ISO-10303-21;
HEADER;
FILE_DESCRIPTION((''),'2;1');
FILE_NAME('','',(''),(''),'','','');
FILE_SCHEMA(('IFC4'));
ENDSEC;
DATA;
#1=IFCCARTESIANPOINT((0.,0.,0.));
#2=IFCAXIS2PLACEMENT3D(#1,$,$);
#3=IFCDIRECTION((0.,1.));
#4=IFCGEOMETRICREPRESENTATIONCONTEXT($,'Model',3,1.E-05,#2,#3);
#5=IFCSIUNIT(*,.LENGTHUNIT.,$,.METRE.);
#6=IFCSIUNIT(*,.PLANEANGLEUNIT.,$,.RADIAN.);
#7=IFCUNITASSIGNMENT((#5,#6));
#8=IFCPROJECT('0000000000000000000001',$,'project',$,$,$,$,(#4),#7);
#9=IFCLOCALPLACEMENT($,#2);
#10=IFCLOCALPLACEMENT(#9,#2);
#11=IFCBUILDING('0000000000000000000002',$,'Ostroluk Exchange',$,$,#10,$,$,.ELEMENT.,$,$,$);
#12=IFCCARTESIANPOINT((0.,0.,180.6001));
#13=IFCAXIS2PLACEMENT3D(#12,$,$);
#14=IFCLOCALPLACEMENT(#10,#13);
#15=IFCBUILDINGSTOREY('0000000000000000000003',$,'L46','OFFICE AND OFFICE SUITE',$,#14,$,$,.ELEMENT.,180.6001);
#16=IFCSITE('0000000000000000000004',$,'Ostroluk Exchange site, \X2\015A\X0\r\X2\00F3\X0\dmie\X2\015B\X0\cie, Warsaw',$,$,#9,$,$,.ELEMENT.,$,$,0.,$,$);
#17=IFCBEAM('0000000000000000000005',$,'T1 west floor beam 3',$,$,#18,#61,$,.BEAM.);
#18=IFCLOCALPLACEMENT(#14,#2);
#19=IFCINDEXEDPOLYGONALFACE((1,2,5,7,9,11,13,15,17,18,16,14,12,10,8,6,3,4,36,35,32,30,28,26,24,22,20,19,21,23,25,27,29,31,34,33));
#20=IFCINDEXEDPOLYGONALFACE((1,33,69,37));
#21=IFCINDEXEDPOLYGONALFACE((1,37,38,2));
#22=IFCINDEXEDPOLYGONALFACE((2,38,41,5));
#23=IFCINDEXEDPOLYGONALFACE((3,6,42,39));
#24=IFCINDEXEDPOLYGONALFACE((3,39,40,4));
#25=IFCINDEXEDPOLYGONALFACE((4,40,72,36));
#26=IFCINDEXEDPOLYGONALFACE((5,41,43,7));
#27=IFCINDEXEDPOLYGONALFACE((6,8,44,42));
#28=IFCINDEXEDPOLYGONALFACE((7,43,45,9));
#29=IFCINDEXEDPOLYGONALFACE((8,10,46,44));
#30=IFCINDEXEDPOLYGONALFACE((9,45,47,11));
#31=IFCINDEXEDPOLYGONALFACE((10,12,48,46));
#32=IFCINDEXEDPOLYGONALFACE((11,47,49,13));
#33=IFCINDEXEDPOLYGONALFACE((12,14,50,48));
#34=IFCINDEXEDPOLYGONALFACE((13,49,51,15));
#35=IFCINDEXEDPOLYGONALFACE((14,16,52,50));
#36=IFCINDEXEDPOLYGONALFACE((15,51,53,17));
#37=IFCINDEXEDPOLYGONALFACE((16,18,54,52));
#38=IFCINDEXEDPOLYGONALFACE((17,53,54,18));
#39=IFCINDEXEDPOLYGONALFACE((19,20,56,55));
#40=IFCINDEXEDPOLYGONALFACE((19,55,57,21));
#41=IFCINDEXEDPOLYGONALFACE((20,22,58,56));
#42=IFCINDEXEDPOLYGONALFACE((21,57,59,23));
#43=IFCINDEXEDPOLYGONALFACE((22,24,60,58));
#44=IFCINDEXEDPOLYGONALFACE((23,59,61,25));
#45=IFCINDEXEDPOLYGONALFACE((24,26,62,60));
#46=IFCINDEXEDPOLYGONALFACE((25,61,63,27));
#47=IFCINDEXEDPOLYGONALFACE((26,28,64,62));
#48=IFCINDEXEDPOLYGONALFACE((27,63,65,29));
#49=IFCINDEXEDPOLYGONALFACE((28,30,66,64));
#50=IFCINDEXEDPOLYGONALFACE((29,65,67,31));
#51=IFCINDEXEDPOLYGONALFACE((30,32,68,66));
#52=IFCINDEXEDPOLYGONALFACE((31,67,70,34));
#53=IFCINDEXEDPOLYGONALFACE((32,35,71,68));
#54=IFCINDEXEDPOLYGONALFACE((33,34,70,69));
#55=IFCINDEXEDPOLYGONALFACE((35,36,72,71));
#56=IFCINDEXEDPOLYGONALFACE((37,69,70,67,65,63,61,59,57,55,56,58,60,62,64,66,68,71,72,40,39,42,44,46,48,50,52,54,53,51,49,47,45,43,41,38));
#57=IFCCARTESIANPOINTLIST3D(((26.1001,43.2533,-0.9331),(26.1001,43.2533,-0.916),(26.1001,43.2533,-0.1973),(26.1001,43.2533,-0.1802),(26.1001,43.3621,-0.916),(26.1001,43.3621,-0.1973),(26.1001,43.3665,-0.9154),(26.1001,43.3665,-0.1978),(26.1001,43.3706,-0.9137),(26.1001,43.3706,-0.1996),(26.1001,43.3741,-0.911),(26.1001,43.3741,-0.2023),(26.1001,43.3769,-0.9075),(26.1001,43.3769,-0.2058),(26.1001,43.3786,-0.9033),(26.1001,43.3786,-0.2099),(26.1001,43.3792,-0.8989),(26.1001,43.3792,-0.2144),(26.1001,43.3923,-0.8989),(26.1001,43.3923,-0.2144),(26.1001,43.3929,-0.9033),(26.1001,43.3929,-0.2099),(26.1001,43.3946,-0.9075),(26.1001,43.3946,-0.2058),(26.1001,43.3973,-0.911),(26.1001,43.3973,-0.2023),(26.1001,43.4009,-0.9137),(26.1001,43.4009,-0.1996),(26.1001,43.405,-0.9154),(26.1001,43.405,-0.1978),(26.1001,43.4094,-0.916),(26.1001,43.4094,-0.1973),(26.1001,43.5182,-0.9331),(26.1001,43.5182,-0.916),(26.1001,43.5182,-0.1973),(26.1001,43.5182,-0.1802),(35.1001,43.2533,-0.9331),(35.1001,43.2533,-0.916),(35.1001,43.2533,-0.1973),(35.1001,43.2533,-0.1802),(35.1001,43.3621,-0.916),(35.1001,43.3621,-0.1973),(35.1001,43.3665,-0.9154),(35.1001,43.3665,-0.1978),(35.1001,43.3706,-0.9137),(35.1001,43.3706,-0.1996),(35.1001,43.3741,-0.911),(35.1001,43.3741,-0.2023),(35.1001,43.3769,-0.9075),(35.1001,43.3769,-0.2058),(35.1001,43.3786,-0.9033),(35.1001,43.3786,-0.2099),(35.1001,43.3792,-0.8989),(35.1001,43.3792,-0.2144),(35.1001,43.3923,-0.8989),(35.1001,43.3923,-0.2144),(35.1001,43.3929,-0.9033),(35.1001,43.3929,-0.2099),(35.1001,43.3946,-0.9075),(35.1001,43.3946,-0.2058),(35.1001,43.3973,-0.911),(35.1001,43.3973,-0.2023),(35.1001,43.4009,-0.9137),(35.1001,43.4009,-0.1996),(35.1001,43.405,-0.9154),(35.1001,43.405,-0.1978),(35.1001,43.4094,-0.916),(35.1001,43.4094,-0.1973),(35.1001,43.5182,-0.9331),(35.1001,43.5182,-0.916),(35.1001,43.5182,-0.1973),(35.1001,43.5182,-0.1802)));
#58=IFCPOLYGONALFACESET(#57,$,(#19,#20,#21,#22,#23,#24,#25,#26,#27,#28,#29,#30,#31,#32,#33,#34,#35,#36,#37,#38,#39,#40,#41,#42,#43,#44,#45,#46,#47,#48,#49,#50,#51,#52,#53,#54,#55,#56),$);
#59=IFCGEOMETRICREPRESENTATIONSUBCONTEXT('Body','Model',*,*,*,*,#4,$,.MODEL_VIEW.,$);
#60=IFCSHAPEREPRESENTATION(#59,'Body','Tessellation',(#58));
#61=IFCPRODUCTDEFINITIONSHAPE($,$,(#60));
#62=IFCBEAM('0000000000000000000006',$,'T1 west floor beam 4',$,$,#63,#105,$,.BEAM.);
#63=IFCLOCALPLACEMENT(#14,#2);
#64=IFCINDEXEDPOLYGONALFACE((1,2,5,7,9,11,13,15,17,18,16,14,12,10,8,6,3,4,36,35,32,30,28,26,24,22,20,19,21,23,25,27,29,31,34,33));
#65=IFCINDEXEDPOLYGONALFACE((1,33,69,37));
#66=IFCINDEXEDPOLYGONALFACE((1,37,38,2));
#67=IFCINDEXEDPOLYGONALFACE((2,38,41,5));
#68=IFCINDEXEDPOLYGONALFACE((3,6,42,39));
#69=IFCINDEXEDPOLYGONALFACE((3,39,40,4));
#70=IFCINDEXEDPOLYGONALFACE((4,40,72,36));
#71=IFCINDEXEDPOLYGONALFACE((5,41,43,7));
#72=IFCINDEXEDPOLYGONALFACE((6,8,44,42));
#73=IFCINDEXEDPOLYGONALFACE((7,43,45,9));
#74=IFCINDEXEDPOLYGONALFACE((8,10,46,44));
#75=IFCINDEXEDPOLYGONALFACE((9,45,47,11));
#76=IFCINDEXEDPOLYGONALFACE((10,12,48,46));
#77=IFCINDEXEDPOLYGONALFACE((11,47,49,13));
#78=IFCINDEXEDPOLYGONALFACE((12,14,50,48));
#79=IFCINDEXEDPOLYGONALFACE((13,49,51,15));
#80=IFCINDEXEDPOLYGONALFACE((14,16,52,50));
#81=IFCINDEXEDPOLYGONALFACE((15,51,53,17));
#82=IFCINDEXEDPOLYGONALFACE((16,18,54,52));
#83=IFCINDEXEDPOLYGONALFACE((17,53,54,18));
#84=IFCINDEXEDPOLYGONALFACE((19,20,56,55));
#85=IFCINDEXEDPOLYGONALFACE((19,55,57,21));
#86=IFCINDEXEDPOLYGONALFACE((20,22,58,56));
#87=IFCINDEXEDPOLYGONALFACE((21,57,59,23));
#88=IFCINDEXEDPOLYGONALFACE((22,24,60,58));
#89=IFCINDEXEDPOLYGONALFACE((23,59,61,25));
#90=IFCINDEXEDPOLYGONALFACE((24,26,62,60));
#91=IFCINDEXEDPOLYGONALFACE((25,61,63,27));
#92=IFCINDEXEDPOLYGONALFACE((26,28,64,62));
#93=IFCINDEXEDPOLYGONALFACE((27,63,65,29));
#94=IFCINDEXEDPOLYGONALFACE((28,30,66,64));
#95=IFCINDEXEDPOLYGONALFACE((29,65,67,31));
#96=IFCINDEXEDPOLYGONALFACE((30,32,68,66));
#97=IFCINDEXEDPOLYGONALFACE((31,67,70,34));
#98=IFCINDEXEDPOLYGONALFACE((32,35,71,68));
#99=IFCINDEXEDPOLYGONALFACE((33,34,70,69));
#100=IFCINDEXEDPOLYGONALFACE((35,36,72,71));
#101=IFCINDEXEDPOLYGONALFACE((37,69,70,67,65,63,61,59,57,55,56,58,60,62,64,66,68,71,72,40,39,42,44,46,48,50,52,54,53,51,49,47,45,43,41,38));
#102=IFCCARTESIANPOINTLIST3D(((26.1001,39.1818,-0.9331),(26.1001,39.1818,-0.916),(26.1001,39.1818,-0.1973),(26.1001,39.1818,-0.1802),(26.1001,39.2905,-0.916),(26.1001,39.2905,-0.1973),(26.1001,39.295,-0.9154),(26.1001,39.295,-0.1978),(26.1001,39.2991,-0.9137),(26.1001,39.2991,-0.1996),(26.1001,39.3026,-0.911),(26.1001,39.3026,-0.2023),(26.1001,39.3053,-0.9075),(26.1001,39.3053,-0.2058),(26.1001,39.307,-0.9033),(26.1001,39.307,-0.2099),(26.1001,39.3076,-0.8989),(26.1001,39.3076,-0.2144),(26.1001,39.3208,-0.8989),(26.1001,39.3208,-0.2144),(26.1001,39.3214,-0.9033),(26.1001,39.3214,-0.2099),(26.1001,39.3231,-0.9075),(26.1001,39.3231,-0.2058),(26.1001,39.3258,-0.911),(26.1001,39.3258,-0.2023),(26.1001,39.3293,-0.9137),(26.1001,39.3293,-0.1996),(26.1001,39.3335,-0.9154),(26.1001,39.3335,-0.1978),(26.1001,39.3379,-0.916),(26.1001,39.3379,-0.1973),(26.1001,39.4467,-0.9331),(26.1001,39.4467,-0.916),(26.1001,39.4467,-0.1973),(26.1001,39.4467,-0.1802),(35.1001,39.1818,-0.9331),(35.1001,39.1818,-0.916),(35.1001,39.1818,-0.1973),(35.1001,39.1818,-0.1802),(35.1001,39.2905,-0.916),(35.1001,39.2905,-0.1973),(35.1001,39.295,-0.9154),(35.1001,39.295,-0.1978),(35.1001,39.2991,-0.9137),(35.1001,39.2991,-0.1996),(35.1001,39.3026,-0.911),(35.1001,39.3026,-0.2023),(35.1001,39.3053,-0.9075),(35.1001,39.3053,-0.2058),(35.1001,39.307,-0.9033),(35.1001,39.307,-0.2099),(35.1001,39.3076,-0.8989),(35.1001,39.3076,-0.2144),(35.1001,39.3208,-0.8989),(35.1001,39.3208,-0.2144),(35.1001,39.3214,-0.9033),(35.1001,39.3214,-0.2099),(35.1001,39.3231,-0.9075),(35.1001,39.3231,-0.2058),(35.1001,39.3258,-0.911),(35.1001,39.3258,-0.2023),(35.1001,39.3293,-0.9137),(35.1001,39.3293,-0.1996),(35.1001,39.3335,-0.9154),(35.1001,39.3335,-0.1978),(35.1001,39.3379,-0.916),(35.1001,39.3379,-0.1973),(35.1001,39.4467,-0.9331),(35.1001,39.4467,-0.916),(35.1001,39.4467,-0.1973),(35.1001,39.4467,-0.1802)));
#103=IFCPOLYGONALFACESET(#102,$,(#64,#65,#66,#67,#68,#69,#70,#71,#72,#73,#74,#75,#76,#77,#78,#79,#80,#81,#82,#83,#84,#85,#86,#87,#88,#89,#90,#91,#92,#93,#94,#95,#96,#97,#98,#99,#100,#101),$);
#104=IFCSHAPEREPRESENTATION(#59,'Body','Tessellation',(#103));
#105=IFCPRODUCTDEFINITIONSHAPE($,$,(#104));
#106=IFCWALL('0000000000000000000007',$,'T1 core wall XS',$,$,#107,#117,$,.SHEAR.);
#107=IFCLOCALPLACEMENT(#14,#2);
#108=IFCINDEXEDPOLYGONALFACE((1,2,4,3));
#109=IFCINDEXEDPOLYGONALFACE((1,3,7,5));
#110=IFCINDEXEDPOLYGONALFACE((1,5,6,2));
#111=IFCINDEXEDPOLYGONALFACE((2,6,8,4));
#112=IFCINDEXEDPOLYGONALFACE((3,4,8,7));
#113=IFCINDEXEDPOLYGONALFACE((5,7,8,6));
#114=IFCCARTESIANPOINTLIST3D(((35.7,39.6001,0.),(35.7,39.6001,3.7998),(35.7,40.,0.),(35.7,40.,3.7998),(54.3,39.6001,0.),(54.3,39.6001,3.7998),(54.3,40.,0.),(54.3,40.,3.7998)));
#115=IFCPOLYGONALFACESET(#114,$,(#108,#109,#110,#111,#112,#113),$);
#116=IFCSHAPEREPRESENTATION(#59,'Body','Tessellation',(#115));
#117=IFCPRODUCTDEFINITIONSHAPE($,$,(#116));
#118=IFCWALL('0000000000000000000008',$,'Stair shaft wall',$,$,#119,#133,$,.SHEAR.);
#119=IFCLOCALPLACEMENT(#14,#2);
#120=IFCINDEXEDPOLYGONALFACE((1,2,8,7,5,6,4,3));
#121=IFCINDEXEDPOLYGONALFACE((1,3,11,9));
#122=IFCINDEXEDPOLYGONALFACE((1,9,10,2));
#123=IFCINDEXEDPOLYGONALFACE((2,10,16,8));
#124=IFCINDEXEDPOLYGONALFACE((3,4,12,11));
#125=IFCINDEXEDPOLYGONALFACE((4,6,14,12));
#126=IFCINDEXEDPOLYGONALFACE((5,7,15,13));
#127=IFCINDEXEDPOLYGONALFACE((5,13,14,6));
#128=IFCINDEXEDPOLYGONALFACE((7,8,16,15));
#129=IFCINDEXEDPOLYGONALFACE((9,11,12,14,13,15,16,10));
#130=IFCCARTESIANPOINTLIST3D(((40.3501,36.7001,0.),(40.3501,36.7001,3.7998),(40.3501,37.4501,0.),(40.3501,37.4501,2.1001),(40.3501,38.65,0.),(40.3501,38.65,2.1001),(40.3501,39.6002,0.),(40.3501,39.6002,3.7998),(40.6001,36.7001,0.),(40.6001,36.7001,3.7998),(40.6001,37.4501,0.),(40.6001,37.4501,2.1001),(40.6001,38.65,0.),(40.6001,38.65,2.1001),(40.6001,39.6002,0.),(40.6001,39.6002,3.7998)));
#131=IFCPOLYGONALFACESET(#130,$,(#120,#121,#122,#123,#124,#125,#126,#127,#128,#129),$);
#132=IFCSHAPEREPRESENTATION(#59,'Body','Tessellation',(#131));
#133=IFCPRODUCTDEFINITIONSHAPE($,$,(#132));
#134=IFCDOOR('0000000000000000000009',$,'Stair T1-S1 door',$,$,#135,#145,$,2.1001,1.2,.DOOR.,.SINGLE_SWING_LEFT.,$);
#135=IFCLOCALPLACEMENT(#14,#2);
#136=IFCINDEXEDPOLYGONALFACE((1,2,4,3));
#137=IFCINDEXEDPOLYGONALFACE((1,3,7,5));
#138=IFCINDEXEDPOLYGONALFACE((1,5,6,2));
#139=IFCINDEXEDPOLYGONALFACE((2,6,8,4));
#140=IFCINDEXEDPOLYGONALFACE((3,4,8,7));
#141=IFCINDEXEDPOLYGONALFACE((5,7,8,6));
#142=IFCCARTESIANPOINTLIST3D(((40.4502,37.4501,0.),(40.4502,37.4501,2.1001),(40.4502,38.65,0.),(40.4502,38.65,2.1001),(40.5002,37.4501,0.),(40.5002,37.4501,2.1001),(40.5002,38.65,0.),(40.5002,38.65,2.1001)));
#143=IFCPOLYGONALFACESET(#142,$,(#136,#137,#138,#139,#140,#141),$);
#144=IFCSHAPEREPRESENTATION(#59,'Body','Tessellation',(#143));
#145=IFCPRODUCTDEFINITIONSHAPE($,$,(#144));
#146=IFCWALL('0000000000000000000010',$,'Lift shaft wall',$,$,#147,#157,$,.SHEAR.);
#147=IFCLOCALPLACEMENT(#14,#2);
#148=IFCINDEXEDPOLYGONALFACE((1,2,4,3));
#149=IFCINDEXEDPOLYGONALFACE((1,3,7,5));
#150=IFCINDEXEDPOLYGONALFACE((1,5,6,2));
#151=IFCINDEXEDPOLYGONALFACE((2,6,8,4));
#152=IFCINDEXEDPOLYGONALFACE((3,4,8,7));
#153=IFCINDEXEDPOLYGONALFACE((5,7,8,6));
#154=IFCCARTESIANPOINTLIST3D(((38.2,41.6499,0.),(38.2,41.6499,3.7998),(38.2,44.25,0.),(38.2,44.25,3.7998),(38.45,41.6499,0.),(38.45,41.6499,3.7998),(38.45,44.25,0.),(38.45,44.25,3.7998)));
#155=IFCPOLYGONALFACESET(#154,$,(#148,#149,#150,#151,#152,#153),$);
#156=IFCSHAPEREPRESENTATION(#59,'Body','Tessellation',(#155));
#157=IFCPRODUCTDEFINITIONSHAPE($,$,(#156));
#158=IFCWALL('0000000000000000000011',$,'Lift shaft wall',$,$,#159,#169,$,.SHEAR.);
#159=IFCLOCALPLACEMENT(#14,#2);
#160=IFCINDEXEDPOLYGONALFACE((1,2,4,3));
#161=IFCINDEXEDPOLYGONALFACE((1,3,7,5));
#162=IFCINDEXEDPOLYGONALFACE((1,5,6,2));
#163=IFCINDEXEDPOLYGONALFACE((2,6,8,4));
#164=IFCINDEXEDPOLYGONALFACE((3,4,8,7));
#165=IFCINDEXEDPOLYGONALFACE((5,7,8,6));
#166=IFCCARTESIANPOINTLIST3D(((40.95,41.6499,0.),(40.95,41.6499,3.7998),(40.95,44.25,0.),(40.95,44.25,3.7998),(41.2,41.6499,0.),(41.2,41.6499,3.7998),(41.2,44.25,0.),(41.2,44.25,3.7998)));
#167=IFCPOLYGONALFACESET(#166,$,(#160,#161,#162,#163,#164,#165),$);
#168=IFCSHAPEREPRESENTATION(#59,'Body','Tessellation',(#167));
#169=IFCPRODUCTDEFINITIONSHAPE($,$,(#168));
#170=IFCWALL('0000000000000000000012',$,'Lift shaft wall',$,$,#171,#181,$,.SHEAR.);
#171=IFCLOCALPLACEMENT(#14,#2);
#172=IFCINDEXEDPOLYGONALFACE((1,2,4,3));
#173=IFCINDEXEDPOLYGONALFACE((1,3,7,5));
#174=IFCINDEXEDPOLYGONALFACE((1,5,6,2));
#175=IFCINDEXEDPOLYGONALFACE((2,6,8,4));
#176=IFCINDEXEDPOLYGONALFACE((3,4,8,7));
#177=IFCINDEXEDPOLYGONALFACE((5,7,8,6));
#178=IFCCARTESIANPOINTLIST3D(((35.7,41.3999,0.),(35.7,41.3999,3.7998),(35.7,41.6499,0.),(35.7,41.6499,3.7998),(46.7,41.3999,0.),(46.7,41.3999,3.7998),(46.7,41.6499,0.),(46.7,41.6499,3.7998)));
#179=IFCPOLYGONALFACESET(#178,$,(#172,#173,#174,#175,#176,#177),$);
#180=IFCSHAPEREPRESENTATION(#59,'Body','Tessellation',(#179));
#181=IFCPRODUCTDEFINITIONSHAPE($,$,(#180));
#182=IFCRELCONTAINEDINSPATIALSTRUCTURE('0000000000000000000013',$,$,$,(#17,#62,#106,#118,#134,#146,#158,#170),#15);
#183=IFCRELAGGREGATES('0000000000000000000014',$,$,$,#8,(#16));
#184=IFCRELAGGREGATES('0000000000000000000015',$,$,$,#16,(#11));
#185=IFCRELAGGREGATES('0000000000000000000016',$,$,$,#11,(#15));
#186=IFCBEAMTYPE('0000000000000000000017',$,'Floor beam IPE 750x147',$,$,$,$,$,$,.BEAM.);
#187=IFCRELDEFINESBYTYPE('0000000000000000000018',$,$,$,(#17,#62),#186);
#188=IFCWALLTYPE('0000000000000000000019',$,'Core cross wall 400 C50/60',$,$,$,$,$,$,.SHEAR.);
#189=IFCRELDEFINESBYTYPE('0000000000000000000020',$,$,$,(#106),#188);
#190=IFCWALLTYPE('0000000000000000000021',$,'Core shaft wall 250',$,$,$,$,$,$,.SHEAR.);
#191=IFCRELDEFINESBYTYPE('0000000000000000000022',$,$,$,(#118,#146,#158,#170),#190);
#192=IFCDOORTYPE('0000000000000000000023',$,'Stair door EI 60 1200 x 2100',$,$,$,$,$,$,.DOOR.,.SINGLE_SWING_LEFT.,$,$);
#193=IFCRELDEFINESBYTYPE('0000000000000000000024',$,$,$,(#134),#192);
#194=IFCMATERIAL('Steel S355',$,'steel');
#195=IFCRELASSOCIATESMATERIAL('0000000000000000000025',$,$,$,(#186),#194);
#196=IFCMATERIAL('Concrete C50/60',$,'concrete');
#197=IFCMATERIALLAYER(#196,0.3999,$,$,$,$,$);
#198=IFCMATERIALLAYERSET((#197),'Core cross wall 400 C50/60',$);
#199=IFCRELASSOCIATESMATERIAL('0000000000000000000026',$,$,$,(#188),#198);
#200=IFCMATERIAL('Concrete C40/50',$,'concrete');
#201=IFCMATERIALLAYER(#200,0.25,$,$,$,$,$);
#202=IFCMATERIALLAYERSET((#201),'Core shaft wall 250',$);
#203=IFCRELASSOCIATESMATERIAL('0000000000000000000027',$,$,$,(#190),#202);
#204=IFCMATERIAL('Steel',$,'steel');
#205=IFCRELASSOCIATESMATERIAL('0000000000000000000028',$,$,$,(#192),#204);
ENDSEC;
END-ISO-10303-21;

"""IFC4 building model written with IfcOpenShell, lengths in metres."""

from ifc_helpers import new_model, si_unit, direction, frame, frame_2d, origin, origin_2d, place, context, subcontext, project, spatial, rectangle, i_section, extrude, material, layer, layer_set, material_profile, profile_set, type_object, element, fill, save


model = new_model("IFC4")

# Units and contexts
model_context = context("Model", 3, precision=1e-05, world=origin(), true_north=direction((0.0, 1.0)))
body_context = subcontext(model_context, "Body", "Model", "MODEL_VIEW")
ifc_project = project(units=[si_unit("LENGTHUNIT", "METRE"), si_unit("PLANEANGLEUNIT", "RADIAN")], contexts=[model_context])

# Site, building, storey
site_placement = place(None, origin())
site = spatial("IfcSite", under=ifc_project, at=site_placement, Name="Ostroluk Exchange site, Śródmieście, Warsaw", CompositionType="ELEMENT", RefElevation=0.0)
building_placement = place(site_placement, origin())
building = spatial("IfcBuilding", under=site, at=building_placement, Name="Ostroluk Exchange", CompositionType="ELEMENT")
storey_placement = place(building_placement, frame((0.0, 0.0, 180.6001)))
storey = spatial("IfcBuildingStorey", under=building, at=storey_placement, Name="L46", Description="OFFICE AND OFFICE SUITE", CompositionType="ELEMENT", Elevation=180.6001)

# Beams
ifc_material_1 = material(Name="Steel S355", Category="steel")
ifc_material_profile = material_profile(ifc_material_1, i_section(OverallWidth=0.2649, OverallDepth=0.7529, WebThickness=0.0132, FlangeThickness=0.0171, FilletRadius=0.0171, at=origin_2d()), Name="IPE 750x147")
ifc_profile_set = profile_set([ifc_material_profile], Name="Steel S355")
beam_type = type_object("IfcBeamType", Name="Floor beam IPE 750x147", PredefinedType="BEAM", material=ifc_profile_set)
for number, where, z_axis, x_axis, name in (
    (1, (35.1001, 43.3857, -0.5566), (-1.0, 0.0, 0.0), (0.0, -1.0, 0.0), "T1 west floor beam 3"),
    (2, (35.1001, 39.3142, -0.5566), (-1.0, 0.0, 0.0), (0.0, -1.0, 0.0), "T1 west floor beam 4"),
):
    element("IfcBeam", number, at=place(storey_placement, frame(where, z_axis=z_axis, x_axis=x_axis)), inside=storey, type_object=beam_type, Name=name, PredefinedType="BEAM", context=body_context, shape_type="SweptSolid", body=[
        extrude(i_section(OverallWidth=0.2649, OverallDepth=0.7529, WebThickness=0.0132, FlangeThickness=0.0171, FilletRadius=0.0171, at=origin_2d()), origin(), (0.0, 0.0, 1.0), 9.0),
    ])

# Wall
ifc_material_2 = material(Name="Concrete C50/60", Category="concrete")
ifc_layer_1 = layer(ifc_material_2, 0.3999)
ifc_layer_set_1 = layer_set([ifc_layer_1], Name="Core cross wall 400 C50/60")
wall_type_1 = type_object("IfcWallType", Name="Core cross wall 400 C50/60", PredefinedType="SHEAR", material=ifc_layer_set_1)
wall_1_placement = place(storey_placement, frame((35.7, 39.8, 0.0), z_axis=(0.0, 0.0, 1.0), x_axis=(1.0, 0.0, 0.0)))
element("IfcWall", 3, at=wall_1_placement, inside=storey, type_object=wall_type_1, Name="T1 core wall XS", PredefinedType="SHEAR", context=body_context, shape_type="SweptSolid", body=[
    extrude(rectangle(XDim=18.6001, YDim=0.3999, at=frame_2d((9.3, 0.0))), origin(), (0.0, 0.0, 1.0), 3.7998),
])

# Wall, opening, door
ifc_material_3 = material(Name="Concrete C40/50", Category="concrete")
ifc_layer_2 = layer(ifc_material_3, 0.25)
ifc_layer_set_2 = layer_set([ifc_layer_2], Name="Core shaft wall 250")
wall_type_2 = type_object("IfcWallType", Name="Core shaft wall 250", PredefinedType="SHEAR", material=ifc_layer_set_2)
wall_2_placement = place(storey_placement, frame((40.4751, 36.7, 0.0), z_axis=(0.0, 0.0, 1.0), x_axis=(0.0, 1.0, 0.0)))
wall_2 = element("IfcWall", 4, at=wall_2_placement, inside=storey, type_object=wall_type_2, Name="Stair shaft wall", PredefinedType="SHEAR", context=body_context, shape_type="SweptSolid", body=[
    extrude(rectangle(XDim=2.9001, YDim=0.25, at=frame_2d((1.4502, 0.0))), origin(), (0.0, 0.0, 1.0), 3.7998),
])
opening_1_placement = place(wall_2_placement, frame((0.75, 0.0, 0.0)))
opening_1 = element("IfcOpeningElement", 5, at=opening_1_placement, cuts=wall_2, PredefinedType="OPENING", context=body_context, shape_type="SweptSolid", body=[
    extrude(rectangle(XDim=1.2, YDim=2.1001, at=frame_2d((0.6001, 1.05))), frame((0.0, 0.135, 0.0), z_axis=(0.0, -1.0, 0.0), x_axis=(1.0, 0.0, 0.0)), (0.0, 0.0, 1.0), 0.27),
])
ifc_material_4 = material(Name="Steel", Category="steel")
door_type_1 = type_object("IfcDoorType", Name="Stair door EI 60 1200 x 2100", OperationType="SINGLE_SWING_LEFT", PredefinedType="DOOR", material=ifc_material_4)
door_1_placement = place(opening_1_placement, origin())
door_1 = element("IfcDoor", 6, at=door_1_placement, inside=storey, type_object=door_type_1, Name="Stair T1-S1 door", OperationType="SINGLE_SWING_LEFT", OverallHeight=2.1001, OverallWidth=1.2, PredefinedType="DOOR", context=body_context, shape_type="SweptSolid", body=[
    extrude(rectangle(XDim=1.2, YDim=2.1001, at=frame_2d((0.6001, 1.05))), frame((0.0, 0.0249, 0.0), z_axis=(0.0, -1.0, 0.0), x_axis=(1.0, 0.0, 0.0)), (0.0, 0.0, 1.0), 0.05),
])
fill(opening_1, door_1)

# Walls
for number, where, z_axis, x_axis, name in (
    (7, (38.325, 44.25, 0.0), (0.0, 0.0, 1.0), (0.0, -1.0, 0.0), "Lift shaft wall"),
    (8, (41.075, 44.25, 0.0), (0.0, 0.0, 1.0), (0.0, -1.0, 0.0), "Lift shaft wall"),
):
    element("IfcWall", number, at=place(storey_placement, frame(where, z_axis=z_axis, x_axis=x_axis)), inside=storey, type_object=wall_type_2, Name=name, PredefinedType="SHEAR", context=body_context, shape_type="SweptSolid", body=[
        extrude(rectangle(XDim=2.6001, YDim=0.25, at=frame_2d((1.3, 0.0))), origin(), (0.0, 0.0, 1.0), 3.7998),
    ])
wall_3_placement = place(storey_placement, frame((35.7, 41.5249, 0.0), z_axis=(0.0, 0.0, 1.0), x_axis=(1.0, 0.0, 0.0)))
element("IfcWall", 9, at=wall_3_placement, inside=storey, type_object=wall_type_2, Name="Lift shaft wall", PredefinedType="SHEAR", context=body_context, shape_type="SweptSolid", body=[
    extrude(rectangle(XDim=11.0, YDim=0.25, at=frame_2d((5.5, 0.0))), origin(), (0.0, 0.0, 1.0), 3.7998),
])

save(model, "model.ifc")
